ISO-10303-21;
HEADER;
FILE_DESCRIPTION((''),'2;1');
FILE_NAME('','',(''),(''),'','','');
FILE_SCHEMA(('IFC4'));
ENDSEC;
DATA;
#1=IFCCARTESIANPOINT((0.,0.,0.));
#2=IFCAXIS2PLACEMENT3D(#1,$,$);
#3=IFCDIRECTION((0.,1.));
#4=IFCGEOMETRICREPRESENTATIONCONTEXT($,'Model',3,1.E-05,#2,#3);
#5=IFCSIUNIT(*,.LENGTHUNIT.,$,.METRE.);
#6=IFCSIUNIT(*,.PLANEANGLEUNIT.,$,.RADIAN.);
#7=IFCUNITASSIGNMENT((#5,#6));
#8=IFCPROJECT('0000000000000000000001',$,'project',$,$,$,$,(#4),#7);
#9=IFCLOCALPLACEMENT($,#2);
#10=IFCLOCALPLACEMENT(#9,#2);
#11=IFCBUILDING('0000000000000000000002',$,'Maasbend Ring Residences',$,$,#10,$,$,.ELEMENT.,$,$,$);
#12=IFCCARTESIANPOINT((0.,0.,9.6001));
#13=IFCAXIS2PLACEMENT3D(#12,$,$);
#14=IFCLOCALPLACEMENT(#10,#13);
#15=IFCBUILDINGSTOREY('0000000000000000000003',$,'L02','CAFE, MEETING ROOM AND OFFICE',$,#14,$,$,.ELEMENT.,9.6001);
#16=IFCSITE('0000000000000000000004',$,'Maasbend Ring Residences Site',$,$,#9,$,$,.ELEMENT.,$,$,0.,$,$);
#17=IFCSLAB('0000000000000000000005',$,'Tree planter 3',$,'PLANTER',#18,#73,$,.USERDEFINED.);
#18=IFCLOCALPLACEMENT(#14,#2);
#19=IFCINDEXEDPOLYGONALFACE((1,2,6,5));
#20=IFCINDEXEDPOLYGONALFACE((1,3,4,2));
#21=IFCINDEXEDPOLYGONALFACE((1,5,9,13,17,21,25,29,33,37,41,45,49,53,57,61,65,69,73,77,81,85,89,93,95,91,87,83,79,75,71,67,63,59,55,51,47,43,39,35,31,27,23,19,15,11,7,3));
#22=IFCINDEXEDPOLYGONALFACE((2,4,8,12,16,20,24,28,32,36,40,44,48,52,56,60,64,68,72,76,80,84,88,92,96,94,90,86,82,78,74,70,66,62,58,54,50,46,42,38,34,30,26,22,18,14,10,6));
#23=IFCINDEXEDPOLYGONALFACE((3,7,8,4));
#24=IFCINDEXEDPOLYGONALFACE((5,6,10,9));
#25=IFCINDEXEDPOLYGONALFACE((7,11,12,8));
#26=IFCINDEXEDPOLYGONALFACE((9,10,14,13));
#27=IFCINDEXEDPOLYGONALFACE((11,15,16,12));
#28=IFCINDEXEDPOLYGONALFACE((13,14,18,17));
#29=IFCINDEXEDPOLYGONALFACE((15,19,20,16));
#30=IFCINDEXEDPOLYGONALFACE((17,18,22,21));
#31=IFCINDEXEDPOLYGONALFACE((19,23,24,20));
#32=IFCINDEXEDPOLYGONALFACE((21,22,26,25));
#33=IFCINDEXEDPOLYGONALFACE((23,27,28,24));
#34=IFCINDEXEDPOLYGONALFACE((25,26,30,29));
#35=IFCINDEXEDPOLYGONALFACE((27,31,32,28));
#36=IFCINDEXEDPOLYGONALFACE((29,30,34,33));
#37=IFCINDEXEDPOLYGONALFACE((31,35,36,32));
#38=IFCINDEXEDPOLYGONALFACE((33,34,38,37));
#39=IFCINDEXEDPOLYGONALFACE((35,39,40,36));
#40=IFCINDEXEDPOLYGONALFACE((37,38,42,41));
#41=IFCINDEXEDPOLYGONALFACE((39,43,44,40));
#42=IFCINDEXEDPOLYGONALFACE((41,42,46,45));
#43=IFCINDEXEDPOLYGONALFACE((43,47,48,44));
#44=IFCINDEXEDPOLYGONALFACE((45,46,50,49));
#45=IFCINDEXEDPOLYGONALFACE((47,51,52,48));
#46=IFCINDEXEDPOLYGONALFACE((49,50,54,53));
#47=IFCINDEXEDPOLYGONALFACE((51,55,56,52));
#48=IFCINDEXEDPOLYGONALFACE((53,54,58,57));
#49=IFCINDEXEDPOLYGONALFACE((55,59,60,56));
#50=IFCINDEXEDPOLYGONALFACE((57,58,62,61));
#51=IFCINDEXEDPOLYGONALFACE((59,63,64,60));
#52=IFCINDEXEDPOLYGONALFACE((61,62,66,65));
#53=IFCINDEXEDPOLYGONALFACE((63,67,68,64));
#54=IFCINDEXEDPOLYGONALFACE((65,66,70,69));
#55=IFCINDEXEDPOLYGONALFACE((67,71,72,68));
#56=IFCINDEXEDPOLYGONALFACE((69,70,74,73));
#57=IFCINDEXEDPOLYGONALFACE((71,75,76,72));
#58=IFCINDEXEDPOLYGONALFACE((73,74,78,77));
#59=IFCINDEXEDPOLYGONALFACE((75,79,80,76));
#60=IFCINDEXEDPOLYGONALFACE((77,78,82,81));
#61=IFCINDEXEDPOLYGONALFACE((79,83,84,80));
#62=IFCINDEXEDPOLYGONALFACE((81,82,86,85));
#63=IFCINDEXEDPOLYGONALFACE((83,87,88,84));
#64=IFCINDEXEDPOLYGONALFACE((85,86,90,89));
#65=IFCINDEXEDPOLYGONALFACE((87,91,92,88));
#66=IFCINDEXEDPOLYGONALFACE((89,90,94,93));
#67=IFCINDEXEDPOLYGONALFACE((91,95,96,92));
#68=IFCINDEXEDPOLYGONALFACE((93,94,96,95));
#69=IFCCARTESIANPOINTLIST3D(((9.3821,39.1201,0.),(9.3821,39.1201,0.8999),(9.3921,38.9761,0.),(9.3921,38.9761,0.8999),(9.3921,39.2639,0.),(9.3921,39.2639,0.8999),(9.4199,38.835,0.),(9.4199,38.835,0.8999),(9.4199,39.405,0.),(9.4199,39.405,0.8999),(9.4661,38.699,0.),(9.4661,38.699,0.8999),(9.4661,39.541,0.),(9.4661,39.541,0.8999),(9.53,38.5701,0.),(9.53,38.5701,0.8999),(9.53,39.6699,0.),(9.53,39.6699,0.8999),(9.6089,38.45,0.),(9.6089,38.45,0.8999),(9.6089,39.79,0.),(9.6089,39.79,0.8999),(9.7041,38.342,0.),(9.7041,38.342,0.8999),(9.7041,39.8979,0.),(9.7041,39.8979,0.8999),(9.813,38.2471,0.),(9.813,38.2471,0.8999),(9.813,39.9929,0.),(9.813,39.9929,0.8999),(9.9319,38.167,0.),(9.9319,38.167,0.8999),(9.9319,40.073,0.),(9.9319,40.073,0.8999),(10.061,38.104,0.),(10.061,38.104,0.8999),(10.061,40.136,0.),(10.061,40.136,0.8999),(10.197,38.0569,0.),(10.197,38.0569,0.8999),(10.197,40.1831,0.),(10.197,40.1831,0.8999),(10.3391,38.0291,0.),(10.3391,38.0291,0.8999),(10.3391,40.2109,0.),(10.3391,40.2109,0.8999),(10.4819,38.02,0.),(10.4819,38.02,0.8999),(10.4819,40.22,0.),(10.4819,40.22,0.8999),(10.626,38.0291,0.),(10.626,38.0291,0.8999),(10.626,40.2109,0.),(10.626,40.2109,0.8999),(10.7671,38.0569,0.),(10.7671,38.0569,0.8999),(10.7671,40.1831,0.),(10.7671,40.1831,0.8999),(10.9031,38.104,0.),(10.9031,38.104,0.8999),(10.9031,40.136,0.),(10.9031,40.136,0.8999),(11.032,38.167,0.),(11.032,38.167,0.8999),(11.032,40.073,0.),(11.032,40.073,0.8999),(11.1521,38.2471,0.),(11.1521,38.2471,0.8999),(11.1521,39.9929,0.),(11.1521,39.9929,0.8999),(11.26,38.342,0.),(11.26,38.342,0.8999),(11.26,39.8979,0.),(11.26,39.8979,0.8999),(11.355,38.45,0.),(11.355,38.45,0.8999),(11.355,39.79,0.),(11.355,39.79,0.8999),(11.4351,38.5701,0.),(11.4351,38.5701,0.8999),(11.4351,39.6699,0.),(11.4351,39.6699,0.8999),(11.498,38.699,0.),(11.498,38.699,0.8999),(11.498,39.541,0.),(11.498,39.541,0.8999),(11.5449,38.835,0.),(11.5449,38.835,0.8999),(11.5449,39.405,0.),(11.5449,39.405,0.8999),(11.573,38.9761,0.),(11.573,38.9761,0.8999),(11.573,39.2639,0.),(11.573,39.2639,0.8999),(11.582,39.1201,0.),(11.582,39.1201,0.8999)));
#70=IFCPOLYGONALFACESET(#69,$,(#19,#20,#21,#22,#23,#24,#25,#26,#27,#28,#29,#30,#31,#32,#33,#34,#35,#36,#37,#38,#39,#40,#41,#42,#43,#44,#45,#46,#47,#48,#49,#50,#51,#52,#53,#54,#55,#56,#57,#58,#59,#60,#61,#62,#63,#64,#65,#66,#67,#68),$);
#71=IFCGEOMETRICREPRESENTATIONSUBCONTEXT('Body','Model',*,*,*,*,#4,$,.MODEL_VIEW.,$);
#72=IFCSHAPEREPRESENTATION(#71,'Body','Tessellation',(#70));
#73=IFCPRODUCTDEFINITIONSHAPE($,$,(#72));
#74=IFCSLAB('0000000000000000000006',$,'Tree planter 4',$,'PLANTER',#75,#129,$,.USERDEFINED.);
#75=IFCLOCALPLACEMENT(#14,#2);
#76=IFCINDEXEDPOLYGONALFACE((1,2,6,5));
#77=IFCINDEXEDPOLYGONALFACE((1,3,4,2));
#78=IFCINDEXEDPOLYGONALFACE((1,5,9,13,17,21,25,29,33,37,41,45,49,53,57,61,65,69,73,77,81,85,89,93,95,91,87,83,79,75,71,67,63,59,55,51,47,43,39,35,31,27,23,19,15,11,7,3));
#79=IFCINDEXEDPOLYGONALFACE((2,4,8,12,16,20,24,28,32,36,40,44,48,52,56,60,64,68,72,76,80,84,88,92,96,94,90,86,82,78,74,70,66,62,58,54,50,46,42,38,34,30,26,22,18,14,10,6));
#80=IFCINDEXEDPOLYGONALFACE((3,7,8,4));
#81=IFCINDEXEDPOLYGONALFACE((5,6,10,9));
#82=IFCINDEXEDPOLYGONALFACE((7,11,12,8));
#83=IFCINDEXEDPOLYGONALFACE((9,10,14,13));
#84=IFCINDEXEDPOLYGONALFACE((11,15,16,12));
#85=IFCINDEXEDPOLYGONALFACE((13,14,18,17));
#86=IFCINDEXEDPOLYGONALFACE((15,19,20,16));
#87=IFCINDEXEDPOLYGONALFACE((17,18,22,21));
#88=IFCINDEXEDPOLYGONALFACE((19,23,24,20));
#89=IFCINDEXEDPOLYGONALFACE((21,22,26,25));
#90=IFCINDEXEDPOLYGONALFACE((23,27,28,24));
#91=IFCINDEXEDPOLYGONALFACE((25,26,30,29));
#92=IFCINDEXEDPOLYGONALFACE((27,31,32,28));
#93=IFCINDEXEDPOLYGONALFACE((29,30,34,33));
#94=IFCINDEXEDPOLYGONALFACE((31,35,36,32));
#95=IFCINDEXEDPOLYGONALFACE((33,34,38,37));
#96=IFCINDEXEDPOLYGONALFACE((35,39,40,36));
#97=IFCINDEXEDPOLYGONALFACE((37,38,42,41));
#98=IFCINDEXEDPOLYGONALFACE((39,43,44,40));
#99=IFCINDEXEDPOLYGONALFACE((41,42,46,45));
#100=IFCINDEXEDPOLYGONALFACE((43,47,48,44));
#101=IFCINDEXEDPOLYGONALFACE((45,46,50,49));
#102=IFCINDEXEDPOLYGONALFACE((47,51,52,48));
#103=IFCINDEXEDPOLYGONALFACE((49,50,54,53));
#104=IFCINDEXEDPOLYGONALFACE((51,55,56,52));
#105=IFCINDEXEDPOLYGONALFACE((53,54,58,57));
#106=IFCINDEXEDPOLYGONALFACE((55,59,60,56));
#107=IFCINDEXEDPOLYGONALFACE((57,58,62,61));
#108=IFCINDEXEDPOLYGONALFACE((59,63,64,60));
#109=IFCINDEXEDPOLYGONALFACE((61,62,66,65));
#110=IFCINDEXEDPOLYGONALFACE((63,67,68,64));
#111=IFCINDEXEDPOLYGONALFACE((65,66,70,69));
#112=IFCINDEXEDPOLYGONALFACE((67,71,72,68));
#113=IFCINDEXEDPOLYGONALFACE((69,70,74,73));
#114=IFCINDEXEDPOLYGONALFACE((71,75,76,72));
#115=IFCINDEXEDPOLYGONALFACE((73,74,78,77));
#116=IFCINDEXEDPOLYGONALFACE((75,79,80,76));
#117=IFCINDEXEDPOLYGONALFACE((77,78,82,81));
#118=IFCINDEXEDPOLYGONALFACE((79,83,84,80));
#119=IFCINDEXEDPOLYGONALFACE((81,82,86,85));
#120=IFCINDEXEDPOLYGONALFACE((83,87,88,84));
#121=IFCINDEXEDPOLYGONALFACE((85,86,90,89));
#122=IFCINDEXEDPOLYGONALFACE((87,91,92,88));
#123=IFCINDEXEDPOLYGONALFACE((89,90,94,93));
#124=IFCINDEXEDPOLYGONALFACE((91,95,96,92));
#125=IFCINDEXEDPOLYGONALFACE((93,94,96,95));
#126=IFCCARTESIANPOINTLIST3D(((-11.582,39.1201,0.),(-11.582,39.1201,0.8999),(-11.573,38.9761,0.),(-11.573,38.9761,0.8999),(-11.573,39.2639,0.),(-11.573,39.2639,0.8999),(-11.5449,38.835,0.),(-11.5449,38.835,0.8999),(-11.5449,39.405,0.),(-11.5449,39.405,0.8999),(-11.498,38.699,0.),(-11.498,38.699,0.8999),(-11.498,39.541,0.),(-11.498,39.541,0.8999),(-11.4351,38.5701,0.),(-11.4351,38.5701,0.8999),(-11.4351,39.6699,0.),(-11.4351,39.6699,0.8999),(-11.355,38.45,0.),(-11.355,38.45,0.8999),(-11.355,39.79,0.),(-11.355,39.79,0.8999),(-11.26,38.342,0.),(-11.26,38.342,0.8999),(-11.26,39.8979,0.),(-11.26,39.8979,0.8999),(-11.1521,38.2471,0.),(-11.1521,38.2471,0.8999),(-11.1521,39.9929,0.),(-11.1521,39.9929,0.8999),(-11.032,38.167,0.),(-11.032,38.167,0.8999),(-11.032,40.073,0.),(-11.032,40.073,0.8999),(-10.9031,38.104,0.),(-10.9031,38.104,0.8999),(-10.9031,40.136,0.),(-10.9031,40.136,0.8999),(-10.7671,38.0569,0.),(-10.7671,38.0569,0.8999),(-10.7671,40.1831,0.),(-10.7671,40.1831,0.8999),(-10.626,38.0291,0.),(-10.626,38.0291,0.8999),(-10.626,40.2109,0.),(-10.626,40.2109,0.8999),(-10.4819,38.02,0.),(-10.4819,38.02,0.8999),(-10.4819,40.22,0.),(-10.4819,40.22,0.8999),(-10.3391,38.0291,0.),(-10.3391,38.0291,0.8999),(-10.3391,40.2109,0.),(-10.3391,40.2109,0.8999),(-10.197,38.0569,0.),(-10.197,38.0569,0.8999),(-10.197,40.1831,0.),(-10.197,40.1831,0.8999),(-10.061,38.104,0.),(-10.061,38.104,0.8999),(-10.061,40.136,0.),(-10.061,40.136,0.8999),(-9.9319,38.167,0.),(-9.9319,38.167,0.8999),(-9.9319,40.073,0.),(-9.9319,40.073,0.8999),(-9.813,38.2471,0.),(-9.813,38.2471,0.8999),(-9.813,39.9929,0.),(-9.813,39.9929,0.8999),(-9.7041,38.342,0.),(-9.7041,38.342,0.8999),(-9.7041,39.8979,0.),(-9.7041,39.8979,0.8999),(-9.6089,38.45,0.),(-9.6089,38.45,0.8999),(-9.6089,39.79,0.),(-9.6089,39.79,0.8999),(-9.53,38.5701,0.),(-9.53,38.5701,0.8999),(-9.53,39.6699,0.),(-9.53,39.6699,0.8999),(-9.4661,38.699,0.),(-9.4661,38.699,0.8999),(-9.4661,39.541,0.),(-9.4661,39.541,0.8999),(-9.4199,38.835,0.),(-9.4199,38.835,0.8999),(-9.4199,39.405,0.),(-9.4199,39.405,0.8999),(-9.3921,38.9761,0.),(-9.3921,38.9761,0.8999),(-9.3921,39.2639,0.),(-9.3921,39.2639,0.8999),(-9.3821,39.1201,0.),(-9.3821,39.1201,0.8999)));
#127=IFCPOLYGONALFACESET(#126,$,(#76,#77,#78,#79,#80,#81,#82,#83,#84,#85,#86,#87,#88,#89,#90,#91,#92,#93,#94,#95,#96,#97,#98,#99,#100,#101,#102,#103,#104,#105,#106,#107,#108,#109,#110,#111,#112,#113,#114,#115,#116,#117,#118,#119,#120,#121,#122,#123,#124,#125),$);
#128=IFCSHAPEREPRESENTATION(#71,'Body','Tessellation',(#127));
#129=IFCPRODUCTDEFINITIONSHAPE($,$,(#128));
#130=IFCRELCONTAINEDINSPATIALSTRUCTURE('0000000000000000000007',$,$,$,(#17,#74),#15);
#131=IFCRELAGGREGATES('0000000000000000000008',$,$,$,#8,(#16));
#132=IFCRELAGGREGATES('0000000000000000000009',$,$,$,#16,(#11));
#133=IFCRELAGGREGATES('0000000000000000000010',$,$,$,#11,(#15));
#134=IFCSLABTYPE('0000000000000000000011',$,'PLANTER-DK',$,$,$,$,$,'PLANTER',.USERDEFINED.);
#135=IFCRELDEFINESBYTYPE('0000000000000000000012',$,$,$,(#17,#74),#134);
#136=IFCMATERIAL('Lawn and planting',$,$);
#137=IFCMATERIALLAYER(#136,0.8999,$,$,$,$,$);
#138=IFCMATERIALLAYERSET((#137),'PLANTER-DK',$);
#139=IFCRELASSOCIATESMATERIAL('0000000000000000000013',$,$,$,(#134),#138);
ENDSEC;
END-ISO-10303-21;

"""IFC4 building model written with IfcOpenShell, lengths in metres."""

from ifc_helpers import new_model, si_unit, direction, frame, origin, place, context, subcontext, project, spatial, polyline, outline, extrude, material, layer, layer_set, type_object, element, save


model = new_model("IFC4")

# Units and contexts
model_context = context("Model", 3, precision=1e-05, world=origin(), true_north=direction((0.0, 1.0)))
body_context = subcontext(model_context, "Body", "Model", "MODEL_VIEW")
ifc_project = project(units=[si_unit("LENGTHUNIT", "METRE"), si_unit("PLANEANGLEUNIT", "RADIAN")], contexts=[model_context])

# Site, building, storey
site_placement = place(None, origin())
site = spatial("IfcSite", under=ifc_project, at=site_placement, Name="Maasbend Ring Residences Site", CompositionType="ELEMENT", RefElevation=0.0)
building_placement = place(site_placement, origin())
building = spatial("IfcBuilding", under=site, at=building_placement, Name="Maasbend Ring Residences", CompositionType="ELEMENT")
storey_placement = place(building_placement, frame((0.0, 0.0, 9.6001)))
storey = spatial("IfcBuildingStorey", under=building, at=storey_placement, Name="L02", Description="CAFE, MEETING ROOM AND OFFICE", CompositionType="ELEMENT", Elevation=9.6001)

# Slabs
ifc_material = material(Name="Lawn and planting")
ifc_layer = layer(ifc_material, 0.8999)
ifc_layer_set = layer_set([ifc_layer], Name="PLANTER-DK")
slab_type = type_object("IfcSlabType", Name="PLANTER-DK", ElementType="PLANTER", PredefinedType="USERDEFINED", material=ifc_layer_set)
slab_1_placement = place(storey_placement, origin())
element("IfcSlab", 1, at=slab_1_placement, inside=storey, type_object=slab_type, Name="Tree planter 3", ObjectType="PLANTER", PredefinedType="USERDEFINED", context=body_context, shape_type="SweptSolid", body=[
    extrude(outline(polyline([(11.582, 39.1201), (11.573, 38.9761), (11.5449, 38.835), (11.498, 38.699), (11.4351, 38.5701), (11.355, 38.45), (11.26, 38.342), (11.1521, 38.2471), (11.032, 38.167), (10.9031, 38.104), (10.7671, 38.0569), (10.626, 38.0291), (10.4819, 38.02), (10.3391, 38.0291), (10.197, 38.0569), (10.061, 38.104), (9.9319, 38.167), (9.813, 38.2471), (9.7041, 38.342), (9.6089, 38.45), (9.53, 38.5701), (9.4661, 38.699), (9.4199, 38.835), (9.3921, 38.9761), (9.3821, 39.1201), (9.3921, 39.2639), (9.4199, 39.405), (9.4661, 39.541), (9.53, 39.6699), (9.6089, 39.79), (9.7041, 39.8979), (9.813, 39.9929), (9.9319, 40.073), (10.061, 40.136), (10.197, 40.1831), (10.3391, 40.2109), (10.4819, 40.22), (10.626, 40.2109), (10.7671, 40.1831), (10.9031, 40.136), (11.032, 40.073), (11.1521, 39.9929), (11.26, 39.8979), (11.355, 39.79), (11.4351, 39.6699), (11.498, 39.541), (11.5449, 39.405), (11.573, 39.2639), (11.582, 39.1201)])), origin(), (0.0, 0.0, 1.0), 0.8999),
])
slab_2_placement = place(storey_placement, origin())
element("IfcSlab", 2, at=slab_2_placement, inside=storey, type_object=slab_type, Name="Tree planter 4", ObjectType="PLANTER", PredefinedType="USERDEFINED", context=body_context, shape_type="SweptSolid", body=[
    extrude(outline(polyline([(-9.3821, 39.1201), (-9.3921, 38.9761), (-9.4199, 38.835), (-9.4661, 38.699), (-9.53, 38.5701), (-9.6089, 38.45), (-9.7041, 38.342), (-9.813, 38.2471), (-9.9319, 38.167), (-10.061, 38.104), (-10.197, 38.0569), (-10.3391, 38.0291), (-10.4819, 38.02), (-10.626, 38.0291), (-10.7671, 38.0569), (-10.9031, 38.104), (-11.032, 38.167), (-11.1521, 38.2471), (-11.26, 38.342), (-11.355, 38.45), (-11.4351, 38.5701), (-11.498, 38.699), (-11.5449, 38.835), (-11.573, 38.9761), (-11.582, 39.1201), (-11.573, 39.2639), (-11.5449, 39.405), (-11.498, 39.541), (-11.4351, 39.6699), (-11.355, 39.79), (-11.26, 39.8979), (-11.1521, 39.9929), (-11.032, 40.073), (-10.9031, 40.136), (-10.7671, 40.1831), (-10.626, 40.2109), (-10.4819, 40.22), (-10.3391, 40.2109), (-10.197, 40.1831), (-10.061, 40.136), (-9.9319, 40.073), (-9.813, 39.9929), (-9.7041, 39.8979), (-9.6089, 39.79), (-9.53, 39.6699), (-9.4661, 39.541), (-9.4199, 39.405), (-9.3921, 39.2639), (-9.3821, 39.1201)])), origin(), (0.0, 0.0, 1.0), 0.8999),
])

save(model, "model.ifc")
